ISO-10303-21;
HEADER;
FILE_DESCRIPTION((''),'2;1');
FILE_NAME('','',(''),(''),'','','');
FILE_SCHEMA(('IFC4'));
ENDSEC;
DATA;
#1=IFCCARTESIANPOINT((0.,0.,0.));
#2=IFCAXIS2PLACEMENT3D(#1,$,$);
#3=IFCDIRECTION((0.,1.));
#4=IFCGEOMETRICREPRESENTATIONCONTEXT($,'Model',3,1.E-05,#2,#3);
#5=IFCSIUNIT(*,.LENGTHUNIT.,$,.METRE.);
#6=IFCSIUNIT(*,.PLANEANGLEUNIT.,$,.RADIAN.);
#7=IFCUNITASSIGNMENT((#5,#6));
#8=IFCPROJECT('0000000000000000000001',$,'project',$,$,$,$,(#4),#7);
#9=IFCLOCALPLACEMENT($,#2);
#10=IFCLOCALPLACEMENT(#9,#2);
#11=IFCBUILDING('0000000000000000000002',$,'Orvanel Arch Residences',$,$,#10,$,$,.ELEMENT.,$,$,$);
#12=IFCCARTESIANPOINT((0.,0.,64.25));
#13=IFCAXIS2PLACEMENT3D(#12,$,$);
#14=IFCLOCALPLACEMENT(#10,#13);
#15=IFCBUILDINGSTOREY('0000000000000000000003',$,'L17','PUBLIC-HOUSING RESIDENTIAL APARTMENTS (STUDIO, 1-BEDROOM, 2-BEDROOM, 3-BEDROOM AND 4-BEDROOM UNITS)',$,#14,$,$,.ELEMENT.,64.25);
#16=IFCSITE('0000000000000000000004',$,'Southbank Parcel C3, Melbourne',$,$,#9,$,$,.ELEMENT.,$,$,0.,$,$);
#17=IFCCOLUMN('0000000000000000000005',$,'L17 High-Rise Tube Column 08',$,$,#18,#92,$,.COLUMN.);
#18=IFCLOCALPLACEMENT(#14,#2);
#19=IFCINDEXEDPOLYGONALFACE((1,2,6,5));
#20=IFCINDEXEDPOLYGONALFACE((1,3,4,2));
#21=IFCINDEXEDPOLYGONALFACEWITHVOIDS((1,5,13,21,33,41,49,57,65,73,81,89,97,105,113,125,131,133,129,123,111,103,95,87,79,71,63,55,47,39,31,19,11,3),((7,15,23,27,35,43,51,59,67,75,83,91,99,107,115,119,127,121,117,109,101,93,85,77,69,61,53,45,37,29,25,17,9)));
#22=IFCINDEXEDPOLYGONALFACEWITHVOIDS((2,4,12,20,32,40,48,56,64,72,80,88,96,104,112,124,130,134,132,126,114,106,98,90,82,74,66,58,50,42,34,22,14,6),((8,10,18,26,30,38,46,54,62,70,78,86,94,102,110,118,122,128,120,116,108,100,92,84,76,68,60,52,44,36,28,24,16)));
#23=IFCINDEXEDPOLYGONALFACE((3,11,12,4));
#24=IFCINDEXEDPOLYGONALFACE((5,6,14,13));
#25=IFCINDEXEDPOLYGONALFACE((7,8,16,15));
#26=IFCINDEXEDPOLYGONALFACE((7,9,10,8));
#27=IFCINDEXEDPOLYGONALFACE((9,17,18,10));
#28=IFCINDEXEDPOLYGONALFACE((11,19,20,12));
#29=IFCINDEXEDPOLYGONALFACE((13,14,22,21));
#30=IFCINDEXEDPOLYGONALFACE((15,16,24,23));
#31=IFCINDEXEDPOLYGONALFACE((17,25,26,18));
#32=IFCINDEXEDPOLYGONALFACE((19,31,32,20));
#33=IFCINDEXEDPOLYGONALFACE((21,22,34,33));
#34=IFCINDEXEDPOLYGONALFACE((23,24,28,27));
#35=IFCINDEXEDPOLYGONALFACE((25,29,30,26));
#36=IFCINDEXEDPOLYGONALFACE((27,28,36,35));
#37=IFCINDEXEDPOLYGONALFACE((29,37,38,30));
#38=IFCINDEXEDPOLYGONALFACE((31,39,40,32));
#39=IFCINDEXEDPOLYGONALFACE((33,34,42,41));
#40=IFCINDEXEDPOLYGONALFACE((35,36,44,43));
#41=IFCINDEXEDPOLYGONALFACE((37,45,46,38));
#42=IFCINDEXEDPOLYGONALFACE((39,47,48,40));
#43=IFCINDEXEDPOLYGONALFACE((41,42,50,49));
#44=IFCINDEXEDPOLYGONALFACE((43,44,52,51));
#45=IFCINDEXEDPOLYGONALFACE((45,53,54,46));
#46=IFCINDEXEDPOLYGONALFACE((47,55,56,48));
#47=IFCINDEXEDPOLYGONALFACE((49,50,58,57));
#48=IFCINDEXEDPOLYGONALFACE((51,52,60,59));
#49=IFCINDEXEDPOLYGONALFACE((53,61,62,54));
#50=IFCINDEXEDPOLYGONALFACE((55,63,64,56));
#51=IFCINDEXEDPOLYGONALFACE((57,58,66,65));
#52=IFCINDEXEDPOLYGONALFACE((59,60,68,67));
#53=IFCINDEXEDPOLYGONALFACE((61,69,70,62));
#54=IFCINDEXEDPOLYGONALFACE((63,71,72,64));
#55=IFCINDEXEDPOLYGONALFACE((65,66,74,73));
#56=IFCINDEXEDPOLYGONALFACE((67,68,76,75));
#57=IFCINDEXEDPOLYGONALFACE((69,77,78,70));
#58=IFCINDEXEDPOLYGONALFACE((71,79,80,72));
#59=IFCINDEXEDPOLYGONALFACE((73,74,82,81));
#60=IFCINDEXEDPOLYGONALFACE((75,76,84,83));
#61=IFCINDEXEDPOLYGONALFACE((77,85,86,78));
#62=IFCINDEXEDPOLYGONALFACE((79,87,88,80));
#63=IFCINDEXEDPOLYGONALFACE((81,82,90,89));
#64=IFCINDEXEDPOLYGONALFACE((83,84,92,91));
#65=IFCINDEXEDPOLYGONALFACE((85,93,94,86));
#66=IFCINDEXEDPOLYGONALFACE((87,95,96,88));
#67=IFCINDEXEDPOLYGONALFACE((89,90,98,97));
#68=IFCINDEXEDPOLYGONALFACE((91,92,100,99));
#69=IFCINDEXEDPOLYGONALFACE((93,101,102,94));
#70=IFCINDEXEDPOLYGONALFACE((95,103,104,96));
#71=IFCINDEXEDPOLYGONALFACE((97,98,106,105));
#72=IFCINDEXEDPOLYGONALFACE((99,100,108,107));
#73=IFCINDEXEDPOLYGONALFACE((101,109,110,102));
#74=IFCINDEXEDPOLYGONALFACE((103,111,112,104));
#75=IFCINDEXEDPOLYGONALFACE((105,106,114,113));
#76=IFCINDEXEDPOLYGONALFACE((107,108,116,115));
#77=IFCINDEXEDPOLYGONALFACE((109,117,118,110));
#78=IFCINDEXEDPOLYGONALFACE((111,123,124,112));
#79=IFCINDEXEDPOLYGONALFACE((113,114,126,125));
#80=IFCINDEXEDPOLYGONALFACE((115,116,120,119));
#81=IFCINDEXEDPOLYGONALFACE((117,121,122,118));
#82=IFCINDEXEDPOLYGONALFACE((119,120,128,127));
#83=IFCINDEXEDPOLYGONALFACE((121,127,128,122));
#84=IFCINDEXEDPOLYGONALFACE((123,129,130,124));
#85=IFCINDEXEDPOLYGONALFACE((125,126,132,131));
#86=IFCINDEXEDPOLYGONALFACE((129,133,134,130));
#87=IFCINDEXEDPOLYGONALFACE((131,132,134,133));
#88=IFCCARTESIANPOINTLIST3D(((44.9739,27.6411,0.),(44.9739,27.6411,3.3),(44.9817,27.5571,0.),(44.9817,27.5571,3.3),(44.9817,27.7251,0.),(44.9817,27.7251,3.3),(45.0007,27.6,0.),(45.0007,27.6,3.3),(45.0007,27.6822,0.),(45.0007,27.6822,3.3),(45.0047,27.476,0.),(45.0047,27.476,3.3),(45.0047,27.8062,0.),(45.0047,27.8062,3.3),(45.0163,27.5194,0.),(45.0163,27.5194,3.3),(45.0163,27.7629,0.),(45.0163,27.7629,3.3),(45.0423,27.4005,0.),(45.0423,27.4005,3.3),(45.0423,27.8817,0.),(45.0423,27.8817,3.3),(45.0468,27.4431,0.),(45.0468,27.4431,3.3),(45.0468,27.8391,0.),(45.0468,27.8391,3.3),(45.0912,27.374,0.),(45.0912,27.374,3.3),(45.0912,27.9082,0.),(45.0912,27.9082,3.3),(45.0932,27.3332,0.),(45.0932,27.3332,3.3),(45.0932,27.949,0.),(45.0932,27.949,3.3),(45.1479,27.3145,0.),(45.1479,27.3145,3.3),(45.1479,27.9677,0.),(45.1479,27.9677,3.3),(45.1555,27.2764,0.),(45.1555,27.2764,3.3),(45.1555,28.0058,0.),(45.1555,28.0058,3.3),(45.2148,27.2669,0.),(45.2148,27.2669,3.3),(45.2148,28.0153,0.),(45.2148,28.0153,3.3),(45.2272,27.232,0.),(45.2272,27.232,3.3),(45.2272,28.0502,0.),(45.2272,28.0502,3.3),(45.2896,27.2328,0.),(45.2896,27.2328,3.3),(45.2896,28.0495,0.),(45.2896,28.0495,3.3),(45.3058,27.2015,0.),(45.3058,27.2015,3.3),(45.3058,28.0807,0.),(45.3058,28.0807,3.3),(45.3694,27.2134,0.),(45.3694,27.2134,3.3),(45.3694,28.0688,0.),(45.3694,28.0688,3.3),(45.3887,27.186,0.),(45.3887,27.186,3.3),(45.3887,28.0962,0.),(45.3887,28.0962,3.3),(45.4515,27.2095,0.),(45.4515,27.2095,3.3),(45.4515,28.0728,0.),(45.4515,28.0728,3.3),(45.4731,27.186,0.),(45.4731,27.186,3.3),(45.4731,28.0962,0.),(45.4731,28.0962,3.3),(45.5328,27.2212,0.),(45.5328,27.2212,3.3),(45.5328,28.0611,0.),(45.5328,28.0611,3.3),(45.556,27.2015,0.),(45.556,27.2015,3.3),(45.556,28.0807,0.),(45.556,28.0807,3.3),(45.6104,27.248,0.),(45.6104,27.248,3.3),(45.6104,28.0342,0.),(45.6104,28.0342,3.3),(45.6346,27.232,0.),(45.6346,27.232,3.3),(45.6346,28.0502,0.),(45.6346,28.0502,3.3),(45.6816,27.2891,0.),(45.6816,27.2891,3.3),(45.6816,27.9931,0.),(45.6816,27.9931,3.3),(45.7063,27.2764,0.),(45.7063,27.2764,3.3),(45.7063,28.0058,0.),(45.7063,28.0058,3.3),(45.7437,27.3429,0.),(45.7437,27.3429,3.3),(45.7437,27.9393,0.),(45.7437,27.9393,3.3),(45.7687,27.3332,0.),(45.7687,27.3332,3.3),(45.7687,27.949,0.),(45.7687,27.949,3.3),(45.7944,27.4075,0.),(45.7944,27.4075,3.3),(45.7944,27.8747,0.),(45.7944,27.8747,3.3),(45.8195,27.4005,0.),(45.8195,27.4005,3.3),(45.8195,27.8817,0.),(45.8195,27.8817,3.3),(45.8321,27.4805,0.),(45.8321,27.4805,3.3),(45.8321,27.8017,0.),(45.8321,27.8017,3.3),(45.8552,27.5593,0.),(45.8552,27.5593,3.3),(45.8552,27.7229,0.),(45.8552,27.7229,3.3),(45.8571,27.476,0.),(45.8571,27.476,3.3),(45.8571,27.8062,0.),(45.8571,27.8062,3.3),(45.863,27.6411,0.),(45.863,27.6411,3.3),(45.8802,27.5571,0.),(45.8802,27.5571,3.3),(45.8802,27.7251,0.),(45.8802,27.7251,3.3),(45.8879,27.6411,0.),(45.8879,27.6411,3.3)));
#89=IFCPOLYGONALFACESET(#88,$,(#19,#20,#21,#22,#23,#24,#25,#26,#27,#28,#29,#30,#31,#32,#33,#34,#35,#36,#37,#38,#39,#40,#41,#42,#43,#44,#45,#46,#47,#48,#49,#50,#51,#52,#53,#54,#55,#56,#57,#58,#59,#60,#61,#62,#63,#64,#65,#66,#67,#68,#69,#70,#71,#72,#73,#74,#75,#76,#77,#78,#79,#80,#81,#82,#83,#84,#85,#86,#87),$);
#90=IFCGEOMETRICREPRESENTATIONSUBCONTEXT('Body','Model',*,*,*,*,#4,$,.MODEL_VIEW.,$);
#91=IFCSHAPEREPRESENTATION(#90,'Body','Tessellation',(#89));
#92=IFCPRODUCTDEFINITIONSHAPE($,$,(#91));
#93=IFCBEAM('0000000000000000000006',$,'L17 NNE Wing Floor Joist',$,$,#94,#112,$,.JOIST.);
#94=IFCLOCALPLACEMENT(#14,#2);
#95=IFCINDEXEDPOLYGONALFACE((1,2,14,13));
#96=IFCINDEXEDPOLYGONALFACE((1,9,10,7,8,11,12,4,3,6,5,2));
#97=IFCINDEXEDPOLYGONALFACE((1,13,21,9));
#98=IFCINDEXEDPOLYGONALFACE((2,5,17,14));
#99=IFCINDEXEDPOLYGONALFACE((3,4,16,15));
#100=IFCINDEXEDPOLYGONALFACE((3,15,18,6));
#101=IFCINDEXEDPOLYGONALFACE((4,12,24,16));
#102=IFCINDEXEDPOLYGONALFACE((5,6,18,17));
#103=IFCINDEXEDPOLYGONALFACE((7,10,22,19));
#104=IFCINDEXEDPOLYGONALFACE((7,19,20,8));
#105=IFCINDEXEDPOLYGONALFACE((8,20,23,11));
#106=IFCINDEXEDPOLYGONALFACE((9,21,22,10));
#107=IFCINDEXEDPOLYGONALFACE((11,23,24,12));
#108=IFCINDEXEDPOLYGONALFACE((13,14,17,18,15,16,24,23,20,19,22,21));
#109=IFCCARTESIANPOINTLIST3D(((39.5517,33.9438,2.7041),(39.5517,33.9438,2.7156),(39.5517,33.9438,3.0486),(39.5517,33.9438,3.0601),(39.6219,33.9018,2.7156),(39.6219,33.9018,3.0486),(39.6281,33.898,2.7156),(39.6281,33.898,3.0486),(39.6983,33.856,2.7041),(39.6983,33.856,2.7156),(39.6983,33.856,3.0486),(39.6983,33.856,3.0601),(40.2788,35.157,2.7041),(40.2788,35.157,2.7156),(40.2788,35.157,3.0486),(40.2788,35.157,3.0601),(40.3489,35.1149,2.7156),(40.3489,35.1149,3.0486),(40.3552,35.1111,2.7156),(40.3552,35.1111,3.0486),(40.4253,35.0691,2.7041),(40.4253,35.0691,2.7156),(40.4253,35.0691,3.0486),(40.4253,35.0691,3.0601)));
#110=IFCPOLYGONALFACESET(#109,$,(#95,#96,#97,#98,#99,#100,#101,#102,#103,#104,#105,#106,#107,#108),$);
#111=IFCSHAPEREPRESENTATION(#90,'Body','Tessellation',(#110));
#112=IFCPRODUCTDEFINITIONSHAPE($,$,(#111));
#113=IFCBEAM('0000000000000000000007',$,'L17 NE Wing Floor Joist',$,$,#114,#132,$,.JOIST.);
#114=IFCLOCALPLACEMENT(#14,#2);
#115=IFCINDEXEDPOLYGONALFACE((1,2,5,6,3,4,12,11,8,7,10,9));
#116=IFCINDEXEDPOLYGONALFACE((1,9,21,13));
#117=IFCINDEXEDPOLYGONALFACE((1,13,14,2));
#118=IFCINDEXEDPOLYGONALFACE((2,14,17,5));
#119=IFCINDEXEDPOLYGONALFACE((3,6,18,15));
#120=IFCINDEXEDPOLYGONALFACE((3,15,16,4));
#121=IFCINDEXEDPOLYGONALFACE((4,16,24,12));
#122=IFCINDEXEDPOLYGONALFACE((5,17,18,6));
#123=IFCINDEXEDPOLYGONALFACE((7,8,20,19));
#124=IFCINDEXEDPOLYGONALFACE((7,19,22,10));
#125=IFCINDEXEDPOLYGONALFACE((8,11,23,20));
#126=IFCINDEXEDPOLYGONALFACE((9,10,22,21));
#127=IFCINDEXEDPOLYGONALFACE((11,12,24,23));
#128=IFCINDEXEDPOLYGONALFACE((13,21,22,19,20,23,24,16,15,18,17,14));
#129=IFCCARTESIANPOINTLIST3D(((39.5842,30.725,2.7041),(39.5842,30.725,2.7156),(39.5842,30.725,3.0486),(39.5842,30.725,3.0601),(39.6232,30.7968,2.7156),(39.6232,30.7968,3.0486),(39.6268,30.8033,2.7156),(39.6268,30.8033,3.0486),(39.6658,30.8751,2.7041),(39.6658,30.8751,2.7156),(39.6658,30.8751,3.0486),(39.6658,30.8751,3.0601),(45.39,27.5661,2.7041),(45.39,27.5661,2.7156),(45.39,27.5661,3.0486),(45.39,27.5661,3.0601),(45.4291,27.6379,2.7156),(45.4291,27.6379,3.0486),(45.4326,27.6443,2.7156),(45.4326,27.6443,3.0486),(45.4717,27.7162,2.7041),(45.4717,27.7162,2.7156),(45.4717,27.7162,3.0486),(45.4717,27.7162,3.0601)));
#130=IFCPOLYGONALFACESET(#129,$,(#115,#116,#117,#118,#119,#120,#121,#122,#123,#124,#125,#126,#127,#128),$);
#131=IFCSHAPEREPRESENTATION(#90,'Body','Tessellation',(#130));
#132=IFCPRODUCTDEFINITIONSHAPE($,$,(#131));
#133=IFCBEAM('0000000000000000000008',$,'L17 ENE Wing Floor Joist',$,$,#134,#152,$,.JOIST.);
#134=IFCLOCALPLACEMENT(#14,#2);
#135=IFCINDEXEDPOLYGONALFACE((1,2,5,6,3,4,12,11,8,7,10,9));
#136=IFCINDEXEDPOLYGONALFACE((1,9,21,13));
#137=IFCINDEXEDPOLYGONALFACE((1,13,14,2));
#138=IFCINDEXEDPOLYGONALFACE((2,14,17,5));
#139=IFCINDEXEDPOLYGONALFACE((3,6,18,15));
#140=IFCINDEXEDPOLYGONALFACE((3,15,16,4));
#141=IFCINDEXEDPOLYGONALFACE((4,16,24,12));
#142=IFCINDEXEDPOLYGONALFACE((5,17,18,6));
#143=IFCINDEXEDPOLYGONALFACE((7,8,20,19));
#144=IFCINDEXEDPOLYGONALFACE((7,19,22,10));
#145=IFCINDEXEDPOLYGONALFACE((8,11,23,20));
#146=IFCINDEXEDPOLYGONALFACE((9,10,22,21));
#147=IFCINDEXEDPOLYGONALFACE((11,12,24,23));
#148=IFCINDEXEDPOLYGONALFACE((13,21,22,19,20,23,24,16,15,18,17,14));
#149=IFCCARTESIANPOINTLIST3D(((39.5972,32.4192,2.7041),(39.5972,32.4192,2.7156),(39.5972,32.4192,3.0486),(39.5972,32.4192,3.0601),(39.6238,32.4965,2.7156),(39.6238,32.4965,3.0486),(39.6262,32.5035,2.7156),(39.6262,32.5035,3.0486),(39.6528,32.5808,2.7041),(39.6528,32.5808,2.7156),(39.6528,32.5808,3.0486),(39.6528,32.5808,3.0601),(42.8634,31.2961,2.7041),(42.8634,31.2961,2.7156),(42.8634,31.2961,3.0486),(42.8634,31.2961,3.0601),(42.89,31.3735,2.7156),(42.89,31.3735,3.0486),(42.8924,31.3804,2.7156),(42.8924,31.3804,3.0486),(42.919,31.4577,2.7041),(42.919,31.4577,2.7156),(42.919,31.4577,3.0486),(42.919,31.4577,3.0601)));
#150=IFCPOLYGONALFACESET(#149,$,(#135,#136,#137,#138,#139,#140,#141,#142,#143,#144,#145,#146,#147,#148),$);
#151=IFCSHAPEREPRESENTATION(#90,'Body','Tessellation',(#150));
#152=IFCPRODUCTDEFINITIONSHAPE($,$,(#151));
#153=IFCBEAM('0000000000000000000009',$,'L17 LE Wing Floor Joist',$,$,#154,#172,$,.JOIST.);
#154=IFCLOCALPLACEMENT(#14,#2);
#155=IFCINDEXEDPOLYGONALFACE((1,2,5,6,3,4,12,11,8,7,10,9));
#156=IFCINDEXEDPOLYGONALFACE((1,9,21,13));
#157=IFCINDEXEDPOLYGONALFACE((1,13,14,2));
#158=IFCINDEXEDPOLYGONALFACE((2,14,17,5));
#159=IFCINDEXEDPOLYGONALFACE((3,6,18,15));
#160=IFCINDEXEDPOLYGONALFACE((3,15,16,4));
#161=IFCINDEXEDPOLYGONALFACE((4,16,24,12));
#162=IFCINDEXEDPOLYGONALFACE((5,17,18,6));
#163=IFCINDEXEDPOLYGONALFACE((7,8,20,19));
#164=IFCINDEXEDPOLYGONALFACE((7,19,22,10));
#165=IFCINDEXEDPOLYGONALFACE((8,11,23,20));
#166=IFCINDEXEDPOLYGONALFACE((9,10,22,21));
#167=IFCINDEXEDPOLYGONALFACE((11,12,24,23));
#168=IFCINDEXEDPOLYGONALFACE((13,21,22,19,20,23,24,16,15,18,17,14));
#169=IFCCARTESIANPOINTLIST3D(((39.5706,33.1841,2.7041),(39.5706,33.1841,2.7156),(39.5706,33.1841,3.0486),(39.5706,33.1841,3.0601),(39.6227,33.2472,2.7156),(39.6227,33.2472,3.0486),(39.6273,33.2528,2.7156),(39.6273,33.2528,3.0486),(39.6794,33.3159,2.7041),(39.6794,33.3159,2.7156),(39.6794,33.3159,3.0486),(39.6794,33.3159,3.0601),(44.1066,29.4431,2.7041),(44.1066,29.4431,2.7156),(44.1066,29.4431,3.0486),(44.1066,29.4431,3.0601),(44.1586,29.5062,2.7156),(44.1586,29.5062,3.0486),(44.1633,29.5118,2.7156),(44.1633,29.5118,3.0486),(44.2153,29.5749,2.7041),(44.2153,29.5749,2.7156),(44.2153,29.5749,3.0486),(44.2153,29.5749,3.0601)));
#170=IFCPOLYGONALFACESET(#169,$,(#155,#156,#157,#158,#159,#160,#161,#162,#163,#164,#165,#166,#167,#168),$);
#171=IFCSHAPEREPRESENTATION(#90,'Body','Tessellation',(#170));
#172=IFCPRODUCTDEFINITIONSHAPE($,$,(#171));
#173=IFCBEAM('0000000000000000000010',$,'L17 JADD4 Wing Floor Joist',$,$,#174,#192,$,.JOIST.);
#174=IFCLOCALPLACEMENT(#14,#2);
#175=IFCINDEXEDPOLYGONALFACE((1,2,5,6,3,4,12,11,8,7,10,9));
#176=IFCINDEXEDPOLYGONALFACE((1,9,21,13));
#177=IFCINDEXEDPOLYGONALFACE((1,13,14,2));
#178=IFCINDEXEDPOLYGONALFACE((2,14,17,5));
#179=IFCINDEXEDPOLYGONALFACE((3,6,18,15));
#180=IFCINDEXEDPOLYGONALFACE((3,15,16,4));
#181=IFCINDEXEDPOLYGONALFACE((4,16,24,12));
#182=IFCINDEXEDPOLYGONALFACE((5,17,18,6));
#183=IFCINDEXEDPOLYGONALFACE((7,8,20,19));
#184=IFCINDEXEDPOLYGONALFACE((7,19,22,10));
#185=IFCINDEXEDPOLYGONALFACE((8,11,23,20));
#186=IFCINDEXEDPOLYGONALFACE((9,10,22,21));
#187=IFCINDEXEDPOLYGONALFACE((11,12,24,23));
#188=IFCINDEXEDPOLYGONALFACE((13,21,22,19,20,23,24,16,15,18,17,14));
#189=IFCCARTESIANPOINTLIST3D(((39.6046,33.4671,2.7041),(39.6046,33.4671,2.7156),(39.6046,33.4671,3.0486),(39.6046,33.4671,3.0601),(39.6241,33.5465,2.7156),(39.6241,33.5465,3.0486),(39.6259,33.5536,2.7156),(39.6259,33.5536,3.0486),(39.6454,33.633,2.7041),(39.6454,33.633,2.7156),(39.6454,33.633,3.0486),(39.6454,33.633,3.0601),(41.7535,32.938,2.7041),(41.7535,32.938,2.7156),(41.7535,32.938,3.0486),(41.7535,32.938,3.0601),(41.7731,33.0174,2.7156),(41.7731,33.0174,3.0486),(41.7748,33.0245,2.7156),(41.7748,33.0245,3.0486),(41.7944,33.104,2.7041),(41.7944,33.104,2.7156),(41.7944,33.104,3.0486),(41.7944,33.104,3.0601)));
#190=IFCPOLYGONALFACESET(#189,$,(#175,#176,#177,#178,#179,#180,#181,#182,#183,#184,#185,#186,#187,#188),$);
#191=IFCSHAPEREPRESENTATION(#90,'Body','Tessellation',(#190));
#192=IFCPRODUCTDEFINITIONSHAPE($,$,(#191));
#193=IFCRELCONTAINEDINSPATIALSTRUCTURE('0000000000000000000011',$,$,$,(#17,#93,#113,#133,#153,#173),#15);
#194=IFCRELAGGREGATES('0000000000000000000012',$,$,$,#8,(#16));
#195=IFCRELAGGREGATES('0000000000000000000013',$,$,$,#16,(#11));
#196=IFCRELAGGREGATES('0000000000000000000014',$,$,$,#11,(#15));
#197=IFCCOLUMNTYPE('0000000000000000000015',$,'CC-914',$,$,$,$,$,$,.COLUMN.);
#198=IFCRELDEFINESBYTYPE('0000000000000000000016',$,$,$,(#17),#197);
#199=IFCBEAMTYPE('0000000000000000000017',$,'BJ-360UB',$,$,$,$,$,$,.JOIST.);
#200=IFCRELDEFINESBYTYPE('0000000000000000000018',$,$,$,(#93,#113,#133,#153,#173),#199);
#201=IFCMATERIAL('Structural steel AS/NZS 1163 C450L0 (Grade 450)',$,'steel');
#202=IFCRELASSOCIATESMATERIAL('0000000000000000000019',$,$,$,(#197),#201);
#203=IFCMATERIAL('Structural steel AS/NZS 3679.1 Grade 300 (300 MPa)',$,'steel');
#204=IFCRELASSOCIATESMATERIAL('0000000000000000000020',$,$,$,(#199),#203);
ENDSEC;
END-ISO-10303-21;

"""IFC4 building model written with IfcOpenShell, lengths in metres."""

from ifc_helpers import new_model, si_unit, direction, frame, origin, origin_2d, place, context, subcontext, project, spatial, hollow_circle, i_section, extrude, material, material_profile, profile_set, type_object, element, save


model = new_model("IFC4")

# Units and contexts
model_context = context("Model", 3, precision=1e-05, world=origin(), true_north=direction((0.0, 1.0)))
body_context = subcontext(model_context, "Body", "Model", "MODEL_VIEW")
ifc_project = project(units=[si_unit("LENGTHUNIT", "METRE"), si_unit("PLANEANGLEUNIT", "RADIAN")], contexts=[model_context])

# Site, building, storey
site_placement = place(None, origin())
site = spatial("IfcSite", under=ifc_project, at=site_placement, Name="Southbank Parcel C3, Melbourne", CompositionType="ELEMENT", RefElevation=0.0)
building_placement = place(site_placement, origin())
building = spatial("IfcBuilding", under=site, at=building_placement, Name="Orvanel Arch Residences", CompositionType="ELEMENT")
storey_placement = place(building_placement, frame((0.0, 0.0, 64.25)))
storey = spatial("IfcBuildingStorey", under=building, at=storey_placement, Name="L17", Description="PUBLIC-HOUSING RESIDENTIAL APARTMENTS (STUDIO, 1-BEDROOM, 2-BEDROOM, 3-BEDROOM AND 4-BEDROOM UNITS)", CompositionType="ELEMENT", Elevation=64.25)

# Column
ifc_material_1 = material(Name="Structural steel AS/NZS 1163 C450L0 (Grade 450)", Category="steel")
ifc_material_profile_1 = material_profile(ifc_material_1, hollow_circle(Radius=0.457, WallThickness=0.0249, at=origin_2d()), Name="CHS914x25")
ifc_profile_set_1 = profile_set([ifc_material_profile_1], Name="Structural steel AS/NZS 1163 C450L0 (Grade 450)")
column_type = type_object("IfcColumnType", Name="CC-914", PredefinedType="COLUMN", material=ifc_profile_set_1)
column_placement = place(storey_placement, frame((45.4309, 27.6411, 0.0), z_axis=(0.0, 0.0, 1.0), x_axis=(1.0, 0.0, 0.0)))
element("IfcColumn", 1, at=column_placement, inside=storey, type_object=column_type, Name="L17 High-Rise Tube Column 08", PredefinedType="COLUMN", context=body_context, shape_type="SweptSolid", body=[
    extrude(hollow_circle(Radius=0.457, WallThickness=0.0249, at=origin_2d()), origin(), (0.0, 0.0, 1.0), 3.3),
])

# Beams
ifc_material_2 = material(Name="Structural steel AS/NZS 3679.1 Grade 300 (300 MPa)", Category="steel")
ifc_material_profile_2 = material_profile(ifc_material_2, i_section(OverallWidth=0.1709, OverallDepth=0.356, WebThickness=0.0073, FlangeThickness=0.0115, at=origin_2d()), Name="360UB50.7")
ifc_profile_set_2 = profile_set([ifc_material_profile_2], Name="Structural steel AS/NZS 3679.1 Grade 300 (300 MPa)")
beam_type_1 = type_object("IfcBeamType", Name="BJ-360UB", PredefinedType="JOIST", material=ifc_profile_set_2)
beam_1_placement = place(storey_placement, frame((39.625, 33.8999, 2.8821), z_axis=(0.514064, 0.857752, 0.0), x_axis=(-0.857752, 0.514064, 0.0)))
element("IfcBeam", 2, at=beam_1_placement, inside=storey, type_object=beam_type_1, Name="L17 NNE Wing Floor Joist", PredefinedType="JOIST", context=body_context, shape_type="SweptSolid", body=[
    extrude(i_section(OverallWidth=0.1709, OverallDepth=0.356, WebThickness=0.0073, FlangeThickness=0.0115, at=origin_2d()), origin(), (0.0, 0.0, 1.0), 1.4143),
])
beam_2_placement = place(storey_placement, frame((39.625, 30.8, 2.8821), z_axis=(0.878399, -0.477928, 0.0), x_axis=(0.477928, 0.878399, 0.0)))
element("IfcBeam", 3, at=beam_2_placement, inside=storey, type_object=beam_type_1, Name="L17 NE Wing Floor Joist", PredefinedType="JOIST", context=body_context, shape_type="SweptSolid", body=[
    extrude(i_section(OverallWidth=0.1709, OverallDepth=0.356, WebThickness=0.0073, FlangeThickness=0.0115, at=origin_2d()), origin(), (0.0, 0.0, 1.0), 6.6096),
])
beam_3_placement = place(storey_placement, frame((39.625, 32.5, 2.8821), z_axis=(0.945658, -0.325163, 0.0), x_axis=(0.325163, 0.945658, 0.0)))
element("IfcBeam", 4, at=beam_3_placement, inside=storey, type_object=beam_type_1, Name="L17 ENE Wing Floor Joist", PredefinedType="JOIST", context=body_context, shape_type="SweptSolid", body=[
    extrude(i_section(OverallWidth=0.1709, OverallDepth=0.356, WebThickness=0.0073, FlangeThickness=0.0115, at=origin_2d()), origin(), (0.0, 0.0, 1.0), 3.4539),
])
beam_4_placement = place(storey_placement, frame((39.625, 33.25, 2.8821), z_axis=(0.771469, -0.636267, 0.0), x_axis=(0.636267, 0.771469, 0.0)))
element("IfcBeam", 5, at=beam_4_placement, inside=storey, type_object=beam_type_1, Name="L17 LE Wing Floor Joist", PredefinedType="JOIST", context=body_context, shape_type="SweptSolid", body=[
    extrude(i_section(OverallWidth=0.1709, OverallDepth=0.356, WebThickness=0.0073, FlangeThickness=0.0115, at=origin_2d()), origin(), (0.0, 0.0, 1.0), 5.8796),
])
beam_5_placement = place(storey_placement, frame((39.625, 33.55, 2.8821), z_axis=(0.971006, -0.239056, 0.0), x_axis=(0.239056, 0.971006, 0.0)))
element("IfcBeam", 6, at=beam_5_placement, inside=storey, type_object=beam_type_1, Name="L17 JADD4 Wing Floor Joist", PredefinedType="JOIST", context=body_context, shape_type="SweptSolid", body=[
    extrude(i_section(OverallWidth=0.1709, OverallDepth=0.356, WebThickness=0.0073, FlangeThickness=0.0115, at=origin_2d()), origin(), (0.0, 0.0, 1.0), 2.2131),
])

save(model, "model.ifc")
